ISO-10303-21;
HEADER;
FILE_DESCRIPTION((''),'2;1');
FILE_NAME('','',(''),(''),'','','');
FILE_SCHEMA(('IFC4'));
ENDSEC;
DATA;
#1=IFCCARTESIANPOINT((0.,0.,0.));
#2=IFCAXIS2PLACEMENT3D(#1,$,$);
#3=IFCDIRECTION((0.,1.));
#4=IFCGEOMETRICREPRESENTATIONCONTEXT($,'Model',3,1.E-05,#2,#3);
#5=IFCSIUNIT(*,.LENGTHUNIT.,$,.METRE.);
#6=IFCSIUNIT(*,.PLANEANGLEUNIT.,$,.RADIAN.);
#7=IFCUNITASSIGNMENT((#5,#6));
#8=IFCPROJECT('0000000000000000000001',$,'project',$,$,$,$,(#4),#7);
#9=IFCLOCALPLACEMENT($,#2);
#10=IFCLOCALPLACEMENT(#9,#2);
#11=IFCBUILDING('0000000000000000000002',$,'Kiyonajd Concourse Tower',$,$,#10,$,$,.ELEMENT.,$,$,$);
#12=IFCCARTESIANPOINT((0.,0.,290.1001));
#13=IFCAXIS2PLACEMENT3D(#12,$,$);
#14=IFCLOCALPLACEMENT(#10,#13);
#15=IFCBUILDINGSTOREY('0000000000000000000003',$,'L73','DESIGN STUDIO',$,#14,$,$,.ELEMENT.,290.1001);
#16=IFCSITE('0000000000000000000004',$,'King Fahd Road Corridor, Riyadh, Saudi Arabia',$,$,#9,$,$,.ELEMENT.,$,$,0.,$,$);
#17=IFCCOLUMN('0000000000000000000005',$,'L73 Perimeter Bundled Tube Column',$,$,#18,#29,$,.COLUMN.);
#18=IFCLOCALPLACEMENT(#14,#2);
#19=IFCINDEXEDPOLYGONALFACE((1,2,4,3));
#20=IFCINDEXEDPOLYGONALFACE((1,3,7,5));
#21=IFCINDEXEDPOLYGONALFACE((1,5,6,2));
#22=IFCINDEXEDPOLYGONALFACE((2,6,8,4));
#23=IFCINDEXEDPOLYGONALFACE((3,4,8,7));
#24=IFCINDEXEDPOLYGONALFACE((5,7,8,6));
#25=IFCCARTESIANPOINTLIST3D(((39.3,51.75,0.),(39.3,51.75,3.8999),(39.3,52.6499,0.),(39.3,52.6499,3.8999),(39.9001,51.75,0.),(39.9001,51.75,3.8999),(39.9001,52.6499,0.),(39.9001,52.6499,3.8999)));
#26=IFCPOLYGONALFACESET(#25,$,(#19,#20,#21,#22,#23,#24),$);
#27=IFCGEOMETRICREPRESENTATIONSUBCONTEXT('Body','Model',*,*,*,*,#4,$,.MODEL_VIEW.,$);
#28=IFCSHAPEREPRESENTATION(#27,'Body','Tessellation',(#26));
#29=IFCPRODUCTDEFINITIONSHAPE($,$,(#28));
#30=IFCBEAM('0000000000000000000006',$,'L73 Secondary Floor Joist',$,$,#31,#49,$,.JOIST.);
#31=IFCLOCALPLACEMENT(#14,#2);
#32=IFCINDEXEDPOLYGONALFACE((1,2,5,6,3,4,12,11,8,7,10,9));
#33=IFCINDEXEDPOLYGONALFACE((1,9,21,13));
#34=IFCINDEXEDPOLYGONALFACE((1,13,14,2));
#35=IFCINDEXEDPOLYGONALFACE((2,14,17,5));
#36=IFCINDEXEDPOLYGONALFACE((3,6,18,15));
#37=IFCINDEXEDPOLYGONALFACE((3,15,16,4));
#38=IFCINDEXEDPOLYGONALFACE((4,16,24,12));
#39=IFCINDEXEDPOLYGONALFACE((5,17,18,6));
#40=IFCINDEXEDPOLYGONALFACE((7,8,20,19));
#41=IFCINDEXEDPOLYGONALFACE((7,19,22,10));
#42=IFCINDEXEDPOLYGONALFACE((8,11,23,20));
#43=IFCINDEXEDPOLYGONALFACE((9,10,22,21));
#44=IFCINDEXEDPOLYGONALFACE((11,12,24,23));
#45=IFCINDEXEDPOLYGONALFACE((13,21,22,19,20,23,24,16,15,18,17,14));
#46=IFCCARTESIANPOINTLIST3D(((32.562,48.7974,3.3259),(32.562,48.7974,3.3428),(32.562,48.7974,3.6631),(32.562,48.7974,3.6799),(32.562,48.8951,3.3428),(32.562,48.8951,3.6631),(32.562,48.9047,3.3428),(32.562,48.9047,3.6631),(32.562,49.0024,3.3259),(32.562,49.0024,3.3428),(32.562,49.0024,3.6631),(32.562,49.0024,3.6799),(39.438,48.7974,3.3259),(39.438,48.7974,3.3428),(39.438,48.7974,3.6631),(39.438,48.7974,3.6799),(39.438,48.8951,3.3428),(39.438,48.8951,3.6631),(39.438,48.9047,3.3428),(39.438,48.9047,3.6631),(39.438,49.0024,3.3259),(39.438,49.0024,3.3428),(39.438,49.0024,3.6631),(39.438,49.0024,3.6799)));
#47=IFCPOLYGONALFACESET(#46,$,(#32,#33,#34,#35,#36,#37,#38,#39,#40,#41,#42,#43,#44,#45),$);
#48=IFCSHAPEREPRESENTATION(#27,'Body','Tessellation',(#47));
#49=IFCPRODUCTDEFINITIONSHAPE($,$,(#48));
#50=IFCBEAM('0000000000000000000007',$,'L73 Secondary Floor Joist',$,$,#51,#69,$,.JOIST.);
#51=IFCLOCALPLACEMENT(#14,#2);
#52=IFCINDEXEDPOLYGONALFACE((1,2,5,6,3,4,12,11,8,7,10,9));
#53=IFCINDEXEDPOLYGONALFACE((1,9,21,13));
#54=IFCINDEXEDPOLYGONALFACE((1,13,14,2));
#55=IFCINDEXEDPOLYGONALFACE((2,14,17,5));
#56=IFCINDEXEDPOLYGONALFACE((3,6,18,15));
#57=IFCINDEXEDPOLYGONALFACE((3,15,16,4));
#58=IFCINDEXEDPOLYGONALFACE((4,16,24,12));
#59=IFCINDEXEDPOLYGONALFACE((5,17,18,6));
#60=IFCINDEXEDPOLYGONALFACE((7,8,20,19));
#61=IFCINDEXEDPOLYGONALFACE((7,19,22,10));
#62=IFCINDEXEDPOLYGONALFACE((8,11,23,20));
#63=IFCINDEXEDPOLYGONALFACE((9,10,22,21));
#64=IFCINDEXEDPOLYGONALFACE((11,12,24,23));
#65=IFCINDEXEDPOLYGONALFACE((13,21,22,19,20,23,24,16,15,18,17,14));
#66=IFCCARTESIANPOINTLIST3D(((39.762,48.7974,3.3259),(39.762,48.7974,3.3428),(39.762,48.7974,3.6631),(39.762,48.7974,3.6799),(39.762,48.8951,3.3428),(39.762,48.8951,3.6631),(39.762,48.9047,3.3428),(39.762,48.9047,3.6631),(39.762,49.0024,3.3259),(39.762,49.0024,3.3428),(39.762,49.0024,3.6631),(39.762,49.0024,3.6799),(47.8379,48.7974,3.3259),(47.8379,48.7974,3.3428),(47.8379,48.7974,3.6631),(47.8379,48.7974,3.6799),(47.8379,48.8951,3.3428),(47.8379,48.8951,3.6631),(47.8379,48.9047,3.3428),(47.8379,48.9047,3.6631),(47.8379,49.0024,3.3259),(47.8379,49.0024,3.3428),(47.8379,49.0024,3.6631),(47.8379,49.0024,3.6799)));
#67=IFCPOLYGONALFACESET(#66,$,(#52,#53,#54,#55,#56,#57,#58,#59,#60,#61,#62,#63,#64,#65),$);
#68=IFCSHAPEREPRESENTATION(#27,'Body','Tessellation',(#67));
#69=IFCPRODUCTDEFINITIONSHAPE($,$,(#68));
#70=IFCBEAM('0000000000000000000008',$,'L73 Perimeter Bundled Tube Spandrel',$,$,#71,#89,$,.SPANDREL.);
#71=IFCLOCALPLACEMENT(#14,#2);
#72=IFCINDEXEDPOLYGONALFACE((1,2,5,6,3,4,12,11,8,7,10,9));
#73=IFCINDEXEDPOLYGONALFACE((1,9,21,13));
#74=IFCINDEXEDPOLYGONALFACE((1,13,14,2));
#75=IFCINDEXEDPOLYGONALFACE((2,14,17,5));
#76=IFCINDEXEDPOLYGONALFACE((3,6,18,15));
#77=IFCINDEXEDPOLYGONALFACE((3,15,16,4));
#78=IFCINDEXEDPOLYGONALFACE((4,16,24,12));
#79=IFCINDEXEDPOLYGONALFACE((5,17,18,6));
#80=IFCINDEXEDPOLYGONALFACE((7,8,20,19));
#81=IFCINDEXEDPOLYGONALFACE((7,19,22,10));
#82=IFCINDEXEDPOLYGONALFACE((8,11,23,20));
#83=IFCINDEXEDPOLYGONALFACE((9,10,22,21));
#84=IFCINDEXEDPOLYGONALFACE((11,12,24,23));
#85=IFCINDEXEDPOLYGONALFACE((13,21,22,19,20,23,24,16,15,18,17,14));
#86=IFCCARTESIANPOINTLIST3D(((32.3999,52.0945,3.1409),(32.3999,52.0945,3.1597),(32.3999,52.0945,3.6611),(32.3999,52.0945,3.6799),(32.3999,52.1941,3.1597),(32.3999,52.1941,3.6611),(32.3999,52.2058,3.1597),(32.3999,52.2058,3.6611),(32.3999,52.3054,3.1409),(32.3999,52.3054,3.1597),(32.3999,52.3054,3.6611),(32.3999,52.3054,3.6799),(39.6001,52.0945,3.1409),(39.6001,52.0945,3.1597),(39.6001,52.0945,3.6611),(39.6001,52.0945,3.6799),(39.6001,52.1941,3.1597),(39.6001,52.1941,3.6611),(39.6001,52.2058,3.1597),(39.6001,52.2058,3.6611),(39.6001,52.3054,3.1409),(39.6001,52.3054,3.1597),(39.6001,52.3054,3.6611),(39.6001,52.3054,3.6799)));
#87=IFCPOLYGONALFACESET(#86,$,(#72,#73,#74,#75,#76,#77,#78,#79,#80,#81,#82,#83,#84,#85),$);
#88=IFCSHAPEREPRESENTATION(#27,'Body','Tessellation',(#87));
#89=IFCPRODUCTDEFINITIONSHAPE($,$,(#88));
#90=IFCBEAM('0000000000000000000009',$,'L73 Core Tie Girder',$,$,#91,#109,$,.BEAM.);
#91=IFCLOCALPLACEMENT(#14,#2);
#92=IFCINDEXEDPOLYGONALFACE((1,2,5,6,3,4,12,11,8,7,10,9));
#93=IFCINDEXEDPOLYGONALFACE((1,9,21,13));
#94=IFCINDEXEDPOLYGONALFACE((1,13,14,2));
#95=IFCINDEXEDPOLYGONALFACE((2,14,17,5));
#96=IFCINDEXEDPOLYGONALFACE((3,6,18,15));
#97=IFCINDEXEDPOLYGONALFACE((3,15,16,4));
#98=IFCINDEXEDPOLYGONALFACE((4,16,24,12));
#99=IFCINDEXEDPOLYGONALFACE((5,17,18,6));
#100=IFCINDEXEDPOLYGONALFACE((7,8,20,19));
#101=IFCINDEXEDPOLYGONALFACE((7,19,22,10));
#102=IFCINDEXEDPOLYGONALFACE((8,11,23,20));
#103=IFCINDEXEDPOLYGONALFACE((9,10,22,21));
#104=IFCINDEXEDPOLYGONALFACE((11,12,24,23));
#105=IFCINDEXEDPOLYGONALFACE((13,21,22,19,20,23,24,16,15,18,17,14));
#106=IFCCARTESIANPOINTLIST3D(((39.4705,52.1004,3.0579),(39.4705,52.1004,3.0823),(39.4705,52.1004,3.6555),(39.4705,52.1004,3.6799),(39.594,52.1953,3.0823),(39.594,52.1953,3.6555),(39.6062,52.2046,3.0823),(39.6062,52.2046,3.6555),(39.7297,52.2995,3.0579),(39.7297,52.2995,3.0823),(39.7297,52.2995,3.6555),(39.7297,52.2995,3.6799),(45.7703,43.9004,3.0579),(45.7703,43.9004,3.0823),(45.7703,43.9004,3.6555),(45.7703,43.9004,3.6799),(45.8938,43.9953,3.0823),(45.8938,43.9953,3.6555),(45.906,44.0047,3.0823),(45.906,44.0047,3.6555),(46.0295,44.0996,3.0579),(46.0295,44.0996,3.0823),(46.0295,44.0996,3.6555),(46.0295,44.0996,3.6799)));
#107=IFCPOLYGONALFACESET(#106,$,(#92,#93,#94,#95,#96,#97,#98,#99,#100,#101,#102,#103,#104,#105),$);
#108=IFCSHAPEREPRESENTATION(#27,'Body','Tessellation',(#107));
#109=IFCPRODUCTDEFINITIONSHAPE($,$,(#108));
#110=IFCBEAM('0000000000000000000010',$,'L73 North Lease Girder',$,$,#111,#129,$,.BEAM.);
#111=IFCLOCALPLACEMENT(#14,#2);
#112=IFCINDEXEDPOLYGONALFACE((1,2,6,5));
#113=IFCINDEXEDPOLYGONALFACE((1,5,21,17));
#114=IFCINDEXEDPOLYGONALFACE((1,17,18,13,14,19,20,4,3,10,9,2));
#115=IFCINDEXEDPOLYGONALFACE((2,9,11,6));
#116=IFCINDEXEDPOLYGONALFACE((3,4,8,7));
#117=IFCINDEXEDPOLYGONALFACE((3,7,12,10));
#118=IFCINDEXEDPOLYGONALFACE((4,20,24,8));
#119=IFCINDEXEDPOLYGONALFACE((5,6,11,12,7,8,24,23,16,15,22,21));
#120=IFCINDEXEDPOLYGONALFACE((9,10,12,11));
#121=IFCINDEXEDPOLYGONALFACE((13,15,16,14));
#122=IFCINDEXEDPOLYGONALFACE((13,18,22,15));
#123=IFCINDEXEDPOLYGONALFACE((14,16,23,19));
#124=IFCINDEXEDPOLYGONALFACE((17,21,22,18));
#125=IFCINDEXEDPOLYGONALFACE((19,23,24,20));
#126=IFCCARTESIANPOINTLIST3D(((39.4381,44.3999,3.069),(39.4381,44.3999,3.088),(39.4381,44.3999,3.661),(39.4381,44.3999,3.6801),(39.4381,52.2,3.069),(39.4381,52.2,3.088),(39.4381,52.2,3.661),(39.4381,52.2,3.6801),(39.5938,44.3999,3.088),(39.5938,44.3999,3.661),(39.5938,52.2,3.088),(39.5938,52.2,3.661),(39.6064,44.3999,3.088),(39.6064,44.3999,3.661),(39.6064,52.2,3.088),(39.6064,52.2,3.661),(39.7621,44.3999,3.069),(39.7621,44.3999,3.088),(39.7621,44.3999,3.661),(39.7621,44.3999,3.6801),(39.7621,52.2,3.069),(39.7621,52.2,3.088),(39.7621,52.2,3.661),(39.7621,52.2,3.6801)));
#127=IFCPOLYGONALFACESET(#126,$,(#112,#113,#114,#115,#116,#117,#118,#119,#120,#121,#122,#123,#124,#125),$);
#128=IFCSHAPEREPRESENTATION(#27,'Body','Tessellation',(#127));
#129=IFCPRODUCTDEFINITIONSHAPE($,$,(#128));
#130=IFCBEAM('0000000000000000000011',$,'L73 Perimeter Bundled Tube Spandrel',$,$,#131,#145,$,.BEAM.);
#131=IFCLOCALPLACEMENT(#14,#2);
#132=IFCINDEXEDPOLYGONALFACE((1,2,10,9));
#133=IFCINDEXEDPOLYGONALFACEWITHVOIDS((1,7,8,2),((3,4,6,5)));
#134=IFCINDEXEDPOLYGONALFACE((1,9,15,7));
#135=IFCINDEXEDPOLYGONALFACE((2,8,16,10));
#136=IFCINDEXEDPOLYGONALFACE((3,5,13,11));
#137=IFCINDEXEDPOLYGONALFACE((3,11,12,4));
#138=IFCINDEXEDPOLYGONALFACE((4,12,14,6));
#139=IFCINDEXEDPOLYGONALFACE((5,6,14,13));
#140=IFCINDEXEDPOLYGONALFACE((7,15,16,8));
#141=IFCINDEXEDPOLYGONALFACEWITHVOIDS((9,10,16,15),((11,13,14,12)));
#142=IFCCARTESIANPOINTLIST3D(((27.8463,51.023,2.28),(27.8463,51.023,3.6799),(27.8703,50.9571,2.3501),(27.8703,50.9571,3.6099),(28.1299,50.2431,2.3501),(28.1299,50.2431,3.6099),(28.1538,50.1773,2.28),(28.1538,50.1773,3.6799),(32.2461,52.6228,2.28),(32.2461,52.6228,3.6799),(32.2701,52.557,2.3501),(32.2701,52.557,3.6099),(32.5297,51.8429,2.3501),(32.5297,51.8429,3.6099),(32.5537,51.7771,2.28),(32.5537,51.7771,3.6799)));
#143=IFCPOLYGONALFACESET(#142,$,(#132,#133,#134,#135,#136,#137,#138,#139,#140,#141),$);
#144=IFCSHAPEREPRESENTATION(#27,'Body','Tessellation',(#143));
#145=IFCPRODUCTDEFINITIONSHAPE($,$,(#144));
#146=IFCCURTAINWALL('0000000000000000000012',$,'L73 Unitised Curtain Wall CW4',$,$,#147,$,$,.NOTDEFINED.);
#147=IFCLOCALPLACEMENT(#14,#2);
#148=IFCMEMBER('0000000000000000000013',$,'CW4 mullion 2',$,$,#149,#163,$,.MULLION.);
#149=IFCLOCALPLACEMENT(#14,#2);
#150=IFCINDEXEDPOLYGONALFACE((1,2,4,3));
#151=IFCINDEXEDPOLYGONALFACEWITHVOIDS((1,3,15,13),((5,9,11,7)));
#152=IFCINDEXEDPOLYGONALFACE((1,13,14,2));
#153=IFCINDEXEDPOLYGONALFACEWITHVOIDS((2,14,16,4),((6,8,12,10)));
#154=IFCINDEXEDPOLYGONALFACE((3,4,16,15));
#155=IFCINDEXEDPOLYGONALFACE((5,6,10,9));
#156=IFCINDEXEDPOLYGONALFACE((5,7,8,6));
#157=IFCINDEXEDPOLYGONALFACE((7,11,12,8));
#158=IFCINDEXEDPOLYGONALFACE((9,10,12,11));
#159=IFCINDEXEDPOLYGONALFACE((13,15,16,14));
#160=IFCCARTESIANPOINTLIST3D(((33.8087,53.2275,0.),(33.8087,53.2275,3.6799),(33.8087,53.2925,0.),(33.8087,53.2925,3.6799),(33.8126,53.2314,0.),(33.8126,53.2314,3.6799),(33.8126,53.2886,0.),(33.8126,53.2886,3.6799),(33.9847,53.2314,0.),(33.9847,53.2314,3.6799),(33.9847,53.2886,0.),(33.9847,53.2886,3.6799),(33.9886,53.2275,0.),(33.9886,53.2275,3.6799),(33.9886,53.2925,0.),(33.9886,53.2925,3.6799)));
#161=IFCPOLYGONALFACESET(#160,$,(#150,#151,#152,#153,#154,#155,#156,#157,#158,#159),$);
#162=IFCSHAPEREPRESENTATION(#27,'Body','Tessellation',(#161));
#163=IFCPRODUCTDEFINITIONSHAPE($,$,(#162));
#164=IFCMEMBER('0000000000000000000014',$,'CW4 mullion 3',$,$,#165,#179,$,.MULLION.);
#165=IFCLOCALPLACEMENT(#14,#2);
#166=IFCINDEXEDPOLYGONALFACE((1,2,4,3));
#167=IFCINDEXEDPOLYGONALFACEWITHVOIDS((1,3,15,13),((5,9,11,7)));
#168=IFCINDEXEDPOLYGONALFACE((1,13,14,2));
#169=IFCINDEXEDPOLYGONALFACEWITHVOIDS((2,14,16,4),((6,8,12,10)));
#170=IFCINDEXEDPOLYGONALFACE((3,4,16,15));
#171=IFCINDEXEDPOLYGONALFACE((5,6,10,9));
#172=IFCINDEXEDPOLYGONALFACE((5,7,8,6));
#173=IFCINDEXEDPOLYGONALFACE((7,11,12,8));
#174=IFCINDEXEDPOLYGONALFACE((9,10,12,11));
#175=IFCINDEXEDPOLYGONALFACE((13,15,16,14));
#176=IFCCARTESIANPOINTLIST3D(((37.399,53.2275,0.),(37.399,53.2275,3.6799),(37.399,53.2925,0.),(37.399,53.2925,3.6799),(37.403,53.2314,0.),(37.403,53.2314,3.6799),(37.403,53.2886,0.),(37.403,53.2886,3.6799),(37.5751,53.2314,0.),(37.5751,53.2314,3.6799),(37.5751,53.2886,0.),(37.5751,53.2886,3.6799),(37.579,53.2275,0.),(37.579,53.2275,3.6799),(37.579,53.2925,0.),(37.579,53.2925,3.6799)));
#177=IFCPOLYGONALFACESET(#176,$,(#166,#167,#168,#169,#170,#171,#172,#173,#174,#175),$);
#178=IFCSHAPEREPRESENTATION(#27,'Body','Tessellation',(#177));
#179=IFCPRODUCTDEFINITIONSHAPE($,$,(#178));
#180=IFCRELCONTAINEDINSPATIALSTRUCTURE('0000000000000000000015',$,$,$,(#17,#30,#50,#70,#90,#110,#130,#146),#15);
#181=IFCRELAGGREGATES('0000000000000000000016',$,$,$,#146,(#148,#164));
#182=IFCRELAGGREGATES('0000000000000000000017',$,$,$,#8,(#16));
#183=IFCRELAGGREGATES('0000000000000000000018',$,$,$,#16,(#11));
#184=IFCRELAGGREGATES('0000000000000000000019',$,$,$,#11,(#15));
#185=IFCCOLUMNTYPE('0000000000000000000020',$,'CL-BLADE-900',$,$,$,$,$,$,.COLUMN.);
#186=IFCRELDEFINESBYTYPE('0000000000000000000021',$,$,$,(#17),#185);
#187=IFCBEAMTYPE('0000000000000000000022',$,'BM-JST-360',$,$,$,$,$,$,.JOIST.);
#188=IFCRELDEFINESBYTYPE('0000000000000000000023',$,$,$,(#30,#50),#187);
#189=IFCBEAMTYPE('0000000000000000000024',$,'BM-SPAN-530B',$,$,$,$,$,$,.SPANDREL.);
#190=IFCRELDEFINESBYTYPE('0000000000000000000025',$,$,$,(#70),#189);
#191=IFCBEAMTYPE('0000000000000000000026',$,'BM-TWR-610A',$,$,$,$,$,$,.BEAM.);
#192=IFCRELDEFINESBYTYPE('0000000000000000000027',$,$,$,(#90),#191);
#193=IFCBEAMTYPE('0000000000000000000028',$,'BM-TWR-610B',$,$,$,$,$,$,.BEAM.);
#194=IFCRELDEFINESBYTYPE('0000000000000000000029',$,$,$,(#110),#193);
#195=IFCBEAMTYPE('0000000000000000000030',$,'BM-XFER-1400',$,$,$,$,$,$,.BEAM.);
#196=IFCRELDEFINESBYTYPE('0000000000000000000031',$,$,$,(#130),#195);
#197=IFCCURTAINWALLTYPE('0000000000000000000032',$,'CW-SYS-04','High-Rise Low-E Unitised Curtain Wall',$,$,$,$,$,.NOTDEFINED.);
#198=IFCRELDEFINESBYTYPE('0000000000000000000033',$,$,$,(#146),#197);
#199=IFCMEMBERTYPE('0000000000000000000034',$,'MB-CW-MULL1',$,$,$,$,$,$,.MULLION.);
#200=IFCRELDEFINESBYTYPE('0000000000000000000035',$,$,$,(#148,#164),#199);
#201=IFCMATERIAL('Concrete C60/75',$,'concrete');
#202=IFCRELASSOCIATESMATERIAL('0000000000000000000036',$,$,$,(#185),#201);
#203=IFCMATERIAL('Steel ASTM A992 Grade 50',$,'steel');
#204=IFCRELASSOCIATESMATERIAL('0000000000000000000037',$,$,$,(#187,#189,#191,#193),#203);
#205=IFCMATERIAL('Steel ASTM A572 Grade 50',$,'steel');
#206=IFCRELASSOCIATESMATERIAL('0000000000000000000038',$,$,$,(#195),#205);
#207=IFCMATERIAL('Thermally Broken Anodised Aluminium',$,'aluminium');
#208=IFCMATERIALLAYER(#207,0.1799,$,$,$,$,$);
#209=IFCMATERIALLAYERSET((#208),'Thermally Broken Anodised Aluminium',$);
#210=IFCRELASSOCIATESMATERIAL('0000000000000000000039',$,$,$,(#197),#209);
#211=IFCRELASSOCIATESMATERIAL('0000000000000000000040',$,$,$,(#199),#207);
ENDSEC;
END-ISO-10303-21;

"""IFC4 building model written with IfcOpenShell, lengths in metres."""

from ifc_helpers import new_model, si_unit, direction, frame, origin, origin_2d, place, context, subcontext, project, spatial, rectangle, hollow_rectangle, i_section, extrude, material, layer, layer_set, material_profile, profile_set, type_object, element, aggregate, save


model = new_model("IFC4")

# Units and contexts
model_context = context("Model", 3, precision=1e-05, world=origin(), true_north=direction((0.0, 1.0)))
body_context = subcontext(model_context, "Body", "Model", "MODEL_VIEW")
ifc_project = project(units=[si_unit("LENGTHUNIT", "METRE"), si_unit("PLANEANGLEUNIT", "RADIAN")], contexts=[model_context])

# Site, building, storey
site_placement = place(None, origin())
site = spatial("IfcSite", under=ifc_project, at=site_placement, Name="King Fahd Road Corridor, Riyadh, Saudi Arabia", CompositionType="ELEMENT", RefElevation=0.0)
building_placement = place(site_placement, origin())
building = spatial("IfcBuilding", under=site, at=building_placement, Name="Kiyonajd Concourse Tower", CompositionType="ELEMENT")
storey_placement = place(building_placement, frame((0.0, 0.0, 290.1001)))
storey = spatial("IfcBuildingStorey", under=building, at=storey_placement, Name="L73", Description="DESIGN STUDIO", CompositionType="ELEMENT", Elevation=290.1001)

# Column
ifc_material_1 = material(Name="Concrete C60/75", Category="concrete")
ifc_material_profile_1 = material_profile(ifc_material_1, rectangle(XDim=0.6001, YDim=0.8999, at=origin_2d()), Name="RC-900x600")
ifc_profile_set_1 = profile_set([ifc_material_profile_1], Name="Concrete C60/75")
column_type = type_object("IfcColumnType", Name="CL-BLADE-900", PredefinedType="COLUMN", material=ifc_profile_set_1)
column_placement = place(storey_placement, frame((39.6001, 52.2, 0.0), z_axis=(0.0, 0.0, 1.0), x_axis=(1.0, 0.0, 0.0)))
element("IfcColumn", 1, at=column_placement, inside=storey, type_object=column_type, Name="L73 Perimeter Bundled Tube Column", PredefinedType="COLUMN", context=body_context, shape_type="SweptSolid", body=[
    extrude(rectangle(XDim=0.6001, YDim=0.8999, at=origin_2d()), origin(), (0.0, 0.0, 1.0), 3.8999),
])

# Beams
ifc_material_2 = material(Name="Steel ASTM A992 Grade 50", Category="steel")
ifc_material_profile_2 = material_profile(ifc_material_2, i_section(OverallWidth=0.2051, OverallDepth=0.354, WebThickness=0.0095, FlangeThickness=0.0168, at=origin_2d()), Name="W360X79")
ifc_profile_set_2 = profile_set([ifc_material_profile_2], Name="Steel ASTM A992 Grade 50")
beam_type_1 = type_object("IfcBeamType", Name="BM-JST-360", PredefinedType="JOIST", material=ifc_profile_set_2)
beam_1_placement = place(storey_placement, frame((32.562, 48.8999, 3.5029), z_axis=(1.0, 0.0, 0.0), x_axis=(0.0, 1.0, 0.0)))
element("IfcBeam", 2, at=beam_1_placement, inside=storey, type_object=beam_type_1, Name="L73 Secondary Floor Joist", PredefinedType="JOIST", context=body_context, shape_type="SweptSolid", body=[
    extrude(i_section(OverallWidth=0.2051, OverallDepth=0.354, WebThickness=0.0095, FlangeThickness=0.0168, at=origin_2d()), origin(), (0.0, 0.0, 1.0), 6.876),
])
beam_2_placement = place(storey_placement, frame((39.762, 48.8999, 3.5029), z_axis=(1.0, 0.0, 0.0), x_axis=(0.0, 1.0, 0.0)))
element("IfcBeam", 3, at=beam_2_placement, inside=storey, type_object=beam_type_1, Name="L73 Secondary Floor Joist", PredefinedType="JOIST", context=body_context, shape_type="SweptSolid", body=[
    extrude(i_section(OverallWidth=0.2051, OverallDepth=0.354, WebThickness=0.0095, FlangeThickness=0.0168, at=origin_2d()), origin(), (0.0, 0.0, 1.0), 8.0759),
])
ifc_material_profile_3 = material_profile(ifc_material_2, i_section(OverallWidth=0.2109, OverallDepth=0.5391, WebThickness=0.0117, FlangeThickness=0.0188, at=origin_2d()), Name="W530X109")
ifc_profile_set_3 = profile_set([ifc_material_profile_3], Name="Steel ASTM A992 Grade 50")
beam_type_2 = type_object("IfcBeamType", Name="BM-SPAN-530B", PredefinedType="SPANDREL", material=ifc_profile_set_3)
beam_3_placement = place(storey_placement, frame((39.6001, 52.2, 3.4104), z_axis=(-1.0, 0.0, 0.0), x_axis=(0.0, -1.0, 0.0)))
element("IfcBeam", 4, at=beam_3_placement, inside=storey, type_object=beam_type_2, Name="L73 Perimeter Bundled Tube Spandrel", PredefinedType="SPANDREL", context=body_context, shape_type="SweptSolid", body=[
    extrude(i_section(OverallWidth=0.2109, OverallDepth=0.5391, WebThickness=0.0117, FlangeThickness=0.0188, at=origin_2d()), origin(), (0.0, 0.0, 1.0), 7.2002),
])
ifc_material_profile_4 = material_profile(ifc_material_2, i_section(OverallWidth=0.3269, OverallDepth=0.6221, WebThickness=0.0154, FlangeThickness=0.0244, at=origin_2d()), Name="W610X195")
ifc_profile_set_4 = profile_set([ifc_material_profile_4], Name="Steel ASTM A992 Grade 50")
beam_type_3 = type_object("IfcBeamType", Name="BM-TWR-610A", PredefinedType="BEAM", material=ifc_profile_set_4)
beam_4_placement = place(storey_placement, frame((39.6001, 52.2, 3.3689), z_axis=(0.609234, -0.792991, 0.0), x_axis=(0.792991, 0.609234, 0.0)))
element("IfcBeam", 5, at=beam_4_placement, inside=storey, type_object=beam_type_3, Name="L73 Core Tie Girder", PredefinedType="BEAM", context=body_context, shape_type="SweptSolid", body=[
    extrude(i_section(OverallWidth=0.3269, OverallDepth=0.6221, WebThickness=0.0154, FlangeThickness=0.0244, at=origin_2d()), origin(), (0.0, 0.0, 1.0), 10.3406),
])
ifc_material_profile_5 = material_profile(ifc_material_2, i_section(OverallWidth=0.324, OverallDepth=0.6111, WebThickness=0.0127, FlangeThickness=0.019, at=origin_2d()), Name="W610X155")
ifc_profile_set_5 = profile_set([ifc_material_profile_5], Name="Steel ASTM A992 Grade 50")
beam_type_4 = type_object("IfcBeamType", Name="BM-TWR-610B", PredefinedType="BEAM", material=ifc_profile_set_5)
beam_5_placement = place(storey_placement, frame((39.6001, 44.3999, 3.3745), z_axis=(0.0, 1.0, 0.0), x_axis=(-1.0, 0.0, 0.0)))
element("IfcBeam", 6, at=beam_5_placement, inside=storey, type_object=beam_type_4, Name="L73 North Lease Girder", PredefinedType="BEAM", context=body_context, shape_type="SweptSolid", body=[
    extrude(i_section(OverallWidth=0.324, OverallDepth=0.6111, WebThickness=0.0127, FlangeThickness=0.019, at=origin_2d()), origin(), (0.0, 0.0, 1.0), 7.8),
])
ifc_material_3 = material(Name="Steel ASTM A572 Grade 50", Category="steel")
ifc_material_profile_6 = material_profile(ifc_material_3, hollow_rectangle(XDim=0.8999, YDim=1.3999, WallThickness=0.0701, at=origin_2d()), Name="BOX-1400x900x70")
ifc_profile_set_6 = profile_set([ifc_material_profile_6], Name="Steel ASTM A572 Grade 50")
beam_type_5 = type_object("IfcBeamType", Name="BM-XFER-1400", PredefinedType="BEAM", material=ifc_profile_set_6)
beam_6_placement = place(storey_placement, frame((32.3999, 52.2, 2.98), z_axis=(-0.939801, -0.341722, 0.0), x_axis=(0.341722, -0.939801, 0.0)))
element("IfcBeam", 7, at=beam_6_placement, inside=storey, type_object=beam_type_5, Name="L73 Perimeter Bundled Tube Spandrel", PredefinedType="BEAM", context=body_context, shape_type="SweptSolid", body=[
    extrude(hollow_rectangle(XDim=0.8999, YDim=1.3999, WallThickness=0.0701, at=origin_2d()), origin(), (0.0, 0.0, 1.0), 4.6816),
])

# Curtain wall, members
ifc_material_4 = material(Name="Thermally Broken Anodised Aluminium", Category="aluminium")
ifc_layer_1 = layer(ifc_material_4, 0.1799)
ifc_layer_set_1 = layer_set([ifc_layer_1], Name="Thermally Broken Anodised Aluminium")
curtain_wall_type = type_object("IfcCurtainWallType", Name="CW-SYS-04", Description="High-Rise Low-E Unitised Curtain Wall", PredefinedType="NOTDEFINED", material=ifc_layer_set_1)
curtain_wall_placement = place(storey_placement, origin())
curtain_wall = element("IfcCurtainWall", 8, at=curtain_wall_placement, inside=storey, type_object=curtain_wall_type, Name="L73 Unitised Curtain Wall CW4", PredefinedType="NOTDEFINED")
ifc_material_profile_7 = material_profile(ifc_material_4, hollow_rectangle(XDim=0.0649, YDim=0.1799, WallThickness=0.0039, at=origin_2d()), Name="MULL-65x180")
ifc_profile_set_7 = profile_set([ifc_material_profile_7], Name="Thermally Broken Anodised Aluminium")
member_type_1 = type_object("IfcMemberType", Name="MB-CW-MULL1", PredefinedType="MULLION", material=ifc_profile_set_7)
member_1_placement = place(storey_placement, frame((33.8987, 53.26, 0.0), z_axis=(0.0, 0.0, 1.0), x_axis=(0.0, 1.0, 0.0)))
member_1 = element("IfcMember", 9, at=member_1_placement, type_object=member_type_1, Name="CW4 mullion 2", PredefinedType="MULLION", context=body_context, shape_type="SweptSolid", body=[
    extrude(hollow_rectangle(XDim=0.0649, YDim=0.1799, WallThickness=0.0039, at=origin_2d()), origin(), (0.0, 0.0, 1.0), 3.6799),
])
member_2_placement = place(storey_placement, frame((37.489, 53.26, 0.0), z_axis=(0.0, 0.0, 1.0), x_axis=(0.0, 1.0, 0.0)))
member_2 = element("IfcMember", 10, at=member_2_placement, type_object=member_type_1, Name="CW4 mullion 3", PredefinedType="MULLION", context=body_context, shape_type="SweptSolid", body=[
    extrude(hollow_rectangle(XDim=0.0649, YDim=0.1799, WallThickness=0.0039, at=origin_2d()), origin(), (0.0, 0.0, 1.0), 3.6799),
])

aggregate(curtain_wall, [member_1, member_2])

save(model, "model.ifc")
